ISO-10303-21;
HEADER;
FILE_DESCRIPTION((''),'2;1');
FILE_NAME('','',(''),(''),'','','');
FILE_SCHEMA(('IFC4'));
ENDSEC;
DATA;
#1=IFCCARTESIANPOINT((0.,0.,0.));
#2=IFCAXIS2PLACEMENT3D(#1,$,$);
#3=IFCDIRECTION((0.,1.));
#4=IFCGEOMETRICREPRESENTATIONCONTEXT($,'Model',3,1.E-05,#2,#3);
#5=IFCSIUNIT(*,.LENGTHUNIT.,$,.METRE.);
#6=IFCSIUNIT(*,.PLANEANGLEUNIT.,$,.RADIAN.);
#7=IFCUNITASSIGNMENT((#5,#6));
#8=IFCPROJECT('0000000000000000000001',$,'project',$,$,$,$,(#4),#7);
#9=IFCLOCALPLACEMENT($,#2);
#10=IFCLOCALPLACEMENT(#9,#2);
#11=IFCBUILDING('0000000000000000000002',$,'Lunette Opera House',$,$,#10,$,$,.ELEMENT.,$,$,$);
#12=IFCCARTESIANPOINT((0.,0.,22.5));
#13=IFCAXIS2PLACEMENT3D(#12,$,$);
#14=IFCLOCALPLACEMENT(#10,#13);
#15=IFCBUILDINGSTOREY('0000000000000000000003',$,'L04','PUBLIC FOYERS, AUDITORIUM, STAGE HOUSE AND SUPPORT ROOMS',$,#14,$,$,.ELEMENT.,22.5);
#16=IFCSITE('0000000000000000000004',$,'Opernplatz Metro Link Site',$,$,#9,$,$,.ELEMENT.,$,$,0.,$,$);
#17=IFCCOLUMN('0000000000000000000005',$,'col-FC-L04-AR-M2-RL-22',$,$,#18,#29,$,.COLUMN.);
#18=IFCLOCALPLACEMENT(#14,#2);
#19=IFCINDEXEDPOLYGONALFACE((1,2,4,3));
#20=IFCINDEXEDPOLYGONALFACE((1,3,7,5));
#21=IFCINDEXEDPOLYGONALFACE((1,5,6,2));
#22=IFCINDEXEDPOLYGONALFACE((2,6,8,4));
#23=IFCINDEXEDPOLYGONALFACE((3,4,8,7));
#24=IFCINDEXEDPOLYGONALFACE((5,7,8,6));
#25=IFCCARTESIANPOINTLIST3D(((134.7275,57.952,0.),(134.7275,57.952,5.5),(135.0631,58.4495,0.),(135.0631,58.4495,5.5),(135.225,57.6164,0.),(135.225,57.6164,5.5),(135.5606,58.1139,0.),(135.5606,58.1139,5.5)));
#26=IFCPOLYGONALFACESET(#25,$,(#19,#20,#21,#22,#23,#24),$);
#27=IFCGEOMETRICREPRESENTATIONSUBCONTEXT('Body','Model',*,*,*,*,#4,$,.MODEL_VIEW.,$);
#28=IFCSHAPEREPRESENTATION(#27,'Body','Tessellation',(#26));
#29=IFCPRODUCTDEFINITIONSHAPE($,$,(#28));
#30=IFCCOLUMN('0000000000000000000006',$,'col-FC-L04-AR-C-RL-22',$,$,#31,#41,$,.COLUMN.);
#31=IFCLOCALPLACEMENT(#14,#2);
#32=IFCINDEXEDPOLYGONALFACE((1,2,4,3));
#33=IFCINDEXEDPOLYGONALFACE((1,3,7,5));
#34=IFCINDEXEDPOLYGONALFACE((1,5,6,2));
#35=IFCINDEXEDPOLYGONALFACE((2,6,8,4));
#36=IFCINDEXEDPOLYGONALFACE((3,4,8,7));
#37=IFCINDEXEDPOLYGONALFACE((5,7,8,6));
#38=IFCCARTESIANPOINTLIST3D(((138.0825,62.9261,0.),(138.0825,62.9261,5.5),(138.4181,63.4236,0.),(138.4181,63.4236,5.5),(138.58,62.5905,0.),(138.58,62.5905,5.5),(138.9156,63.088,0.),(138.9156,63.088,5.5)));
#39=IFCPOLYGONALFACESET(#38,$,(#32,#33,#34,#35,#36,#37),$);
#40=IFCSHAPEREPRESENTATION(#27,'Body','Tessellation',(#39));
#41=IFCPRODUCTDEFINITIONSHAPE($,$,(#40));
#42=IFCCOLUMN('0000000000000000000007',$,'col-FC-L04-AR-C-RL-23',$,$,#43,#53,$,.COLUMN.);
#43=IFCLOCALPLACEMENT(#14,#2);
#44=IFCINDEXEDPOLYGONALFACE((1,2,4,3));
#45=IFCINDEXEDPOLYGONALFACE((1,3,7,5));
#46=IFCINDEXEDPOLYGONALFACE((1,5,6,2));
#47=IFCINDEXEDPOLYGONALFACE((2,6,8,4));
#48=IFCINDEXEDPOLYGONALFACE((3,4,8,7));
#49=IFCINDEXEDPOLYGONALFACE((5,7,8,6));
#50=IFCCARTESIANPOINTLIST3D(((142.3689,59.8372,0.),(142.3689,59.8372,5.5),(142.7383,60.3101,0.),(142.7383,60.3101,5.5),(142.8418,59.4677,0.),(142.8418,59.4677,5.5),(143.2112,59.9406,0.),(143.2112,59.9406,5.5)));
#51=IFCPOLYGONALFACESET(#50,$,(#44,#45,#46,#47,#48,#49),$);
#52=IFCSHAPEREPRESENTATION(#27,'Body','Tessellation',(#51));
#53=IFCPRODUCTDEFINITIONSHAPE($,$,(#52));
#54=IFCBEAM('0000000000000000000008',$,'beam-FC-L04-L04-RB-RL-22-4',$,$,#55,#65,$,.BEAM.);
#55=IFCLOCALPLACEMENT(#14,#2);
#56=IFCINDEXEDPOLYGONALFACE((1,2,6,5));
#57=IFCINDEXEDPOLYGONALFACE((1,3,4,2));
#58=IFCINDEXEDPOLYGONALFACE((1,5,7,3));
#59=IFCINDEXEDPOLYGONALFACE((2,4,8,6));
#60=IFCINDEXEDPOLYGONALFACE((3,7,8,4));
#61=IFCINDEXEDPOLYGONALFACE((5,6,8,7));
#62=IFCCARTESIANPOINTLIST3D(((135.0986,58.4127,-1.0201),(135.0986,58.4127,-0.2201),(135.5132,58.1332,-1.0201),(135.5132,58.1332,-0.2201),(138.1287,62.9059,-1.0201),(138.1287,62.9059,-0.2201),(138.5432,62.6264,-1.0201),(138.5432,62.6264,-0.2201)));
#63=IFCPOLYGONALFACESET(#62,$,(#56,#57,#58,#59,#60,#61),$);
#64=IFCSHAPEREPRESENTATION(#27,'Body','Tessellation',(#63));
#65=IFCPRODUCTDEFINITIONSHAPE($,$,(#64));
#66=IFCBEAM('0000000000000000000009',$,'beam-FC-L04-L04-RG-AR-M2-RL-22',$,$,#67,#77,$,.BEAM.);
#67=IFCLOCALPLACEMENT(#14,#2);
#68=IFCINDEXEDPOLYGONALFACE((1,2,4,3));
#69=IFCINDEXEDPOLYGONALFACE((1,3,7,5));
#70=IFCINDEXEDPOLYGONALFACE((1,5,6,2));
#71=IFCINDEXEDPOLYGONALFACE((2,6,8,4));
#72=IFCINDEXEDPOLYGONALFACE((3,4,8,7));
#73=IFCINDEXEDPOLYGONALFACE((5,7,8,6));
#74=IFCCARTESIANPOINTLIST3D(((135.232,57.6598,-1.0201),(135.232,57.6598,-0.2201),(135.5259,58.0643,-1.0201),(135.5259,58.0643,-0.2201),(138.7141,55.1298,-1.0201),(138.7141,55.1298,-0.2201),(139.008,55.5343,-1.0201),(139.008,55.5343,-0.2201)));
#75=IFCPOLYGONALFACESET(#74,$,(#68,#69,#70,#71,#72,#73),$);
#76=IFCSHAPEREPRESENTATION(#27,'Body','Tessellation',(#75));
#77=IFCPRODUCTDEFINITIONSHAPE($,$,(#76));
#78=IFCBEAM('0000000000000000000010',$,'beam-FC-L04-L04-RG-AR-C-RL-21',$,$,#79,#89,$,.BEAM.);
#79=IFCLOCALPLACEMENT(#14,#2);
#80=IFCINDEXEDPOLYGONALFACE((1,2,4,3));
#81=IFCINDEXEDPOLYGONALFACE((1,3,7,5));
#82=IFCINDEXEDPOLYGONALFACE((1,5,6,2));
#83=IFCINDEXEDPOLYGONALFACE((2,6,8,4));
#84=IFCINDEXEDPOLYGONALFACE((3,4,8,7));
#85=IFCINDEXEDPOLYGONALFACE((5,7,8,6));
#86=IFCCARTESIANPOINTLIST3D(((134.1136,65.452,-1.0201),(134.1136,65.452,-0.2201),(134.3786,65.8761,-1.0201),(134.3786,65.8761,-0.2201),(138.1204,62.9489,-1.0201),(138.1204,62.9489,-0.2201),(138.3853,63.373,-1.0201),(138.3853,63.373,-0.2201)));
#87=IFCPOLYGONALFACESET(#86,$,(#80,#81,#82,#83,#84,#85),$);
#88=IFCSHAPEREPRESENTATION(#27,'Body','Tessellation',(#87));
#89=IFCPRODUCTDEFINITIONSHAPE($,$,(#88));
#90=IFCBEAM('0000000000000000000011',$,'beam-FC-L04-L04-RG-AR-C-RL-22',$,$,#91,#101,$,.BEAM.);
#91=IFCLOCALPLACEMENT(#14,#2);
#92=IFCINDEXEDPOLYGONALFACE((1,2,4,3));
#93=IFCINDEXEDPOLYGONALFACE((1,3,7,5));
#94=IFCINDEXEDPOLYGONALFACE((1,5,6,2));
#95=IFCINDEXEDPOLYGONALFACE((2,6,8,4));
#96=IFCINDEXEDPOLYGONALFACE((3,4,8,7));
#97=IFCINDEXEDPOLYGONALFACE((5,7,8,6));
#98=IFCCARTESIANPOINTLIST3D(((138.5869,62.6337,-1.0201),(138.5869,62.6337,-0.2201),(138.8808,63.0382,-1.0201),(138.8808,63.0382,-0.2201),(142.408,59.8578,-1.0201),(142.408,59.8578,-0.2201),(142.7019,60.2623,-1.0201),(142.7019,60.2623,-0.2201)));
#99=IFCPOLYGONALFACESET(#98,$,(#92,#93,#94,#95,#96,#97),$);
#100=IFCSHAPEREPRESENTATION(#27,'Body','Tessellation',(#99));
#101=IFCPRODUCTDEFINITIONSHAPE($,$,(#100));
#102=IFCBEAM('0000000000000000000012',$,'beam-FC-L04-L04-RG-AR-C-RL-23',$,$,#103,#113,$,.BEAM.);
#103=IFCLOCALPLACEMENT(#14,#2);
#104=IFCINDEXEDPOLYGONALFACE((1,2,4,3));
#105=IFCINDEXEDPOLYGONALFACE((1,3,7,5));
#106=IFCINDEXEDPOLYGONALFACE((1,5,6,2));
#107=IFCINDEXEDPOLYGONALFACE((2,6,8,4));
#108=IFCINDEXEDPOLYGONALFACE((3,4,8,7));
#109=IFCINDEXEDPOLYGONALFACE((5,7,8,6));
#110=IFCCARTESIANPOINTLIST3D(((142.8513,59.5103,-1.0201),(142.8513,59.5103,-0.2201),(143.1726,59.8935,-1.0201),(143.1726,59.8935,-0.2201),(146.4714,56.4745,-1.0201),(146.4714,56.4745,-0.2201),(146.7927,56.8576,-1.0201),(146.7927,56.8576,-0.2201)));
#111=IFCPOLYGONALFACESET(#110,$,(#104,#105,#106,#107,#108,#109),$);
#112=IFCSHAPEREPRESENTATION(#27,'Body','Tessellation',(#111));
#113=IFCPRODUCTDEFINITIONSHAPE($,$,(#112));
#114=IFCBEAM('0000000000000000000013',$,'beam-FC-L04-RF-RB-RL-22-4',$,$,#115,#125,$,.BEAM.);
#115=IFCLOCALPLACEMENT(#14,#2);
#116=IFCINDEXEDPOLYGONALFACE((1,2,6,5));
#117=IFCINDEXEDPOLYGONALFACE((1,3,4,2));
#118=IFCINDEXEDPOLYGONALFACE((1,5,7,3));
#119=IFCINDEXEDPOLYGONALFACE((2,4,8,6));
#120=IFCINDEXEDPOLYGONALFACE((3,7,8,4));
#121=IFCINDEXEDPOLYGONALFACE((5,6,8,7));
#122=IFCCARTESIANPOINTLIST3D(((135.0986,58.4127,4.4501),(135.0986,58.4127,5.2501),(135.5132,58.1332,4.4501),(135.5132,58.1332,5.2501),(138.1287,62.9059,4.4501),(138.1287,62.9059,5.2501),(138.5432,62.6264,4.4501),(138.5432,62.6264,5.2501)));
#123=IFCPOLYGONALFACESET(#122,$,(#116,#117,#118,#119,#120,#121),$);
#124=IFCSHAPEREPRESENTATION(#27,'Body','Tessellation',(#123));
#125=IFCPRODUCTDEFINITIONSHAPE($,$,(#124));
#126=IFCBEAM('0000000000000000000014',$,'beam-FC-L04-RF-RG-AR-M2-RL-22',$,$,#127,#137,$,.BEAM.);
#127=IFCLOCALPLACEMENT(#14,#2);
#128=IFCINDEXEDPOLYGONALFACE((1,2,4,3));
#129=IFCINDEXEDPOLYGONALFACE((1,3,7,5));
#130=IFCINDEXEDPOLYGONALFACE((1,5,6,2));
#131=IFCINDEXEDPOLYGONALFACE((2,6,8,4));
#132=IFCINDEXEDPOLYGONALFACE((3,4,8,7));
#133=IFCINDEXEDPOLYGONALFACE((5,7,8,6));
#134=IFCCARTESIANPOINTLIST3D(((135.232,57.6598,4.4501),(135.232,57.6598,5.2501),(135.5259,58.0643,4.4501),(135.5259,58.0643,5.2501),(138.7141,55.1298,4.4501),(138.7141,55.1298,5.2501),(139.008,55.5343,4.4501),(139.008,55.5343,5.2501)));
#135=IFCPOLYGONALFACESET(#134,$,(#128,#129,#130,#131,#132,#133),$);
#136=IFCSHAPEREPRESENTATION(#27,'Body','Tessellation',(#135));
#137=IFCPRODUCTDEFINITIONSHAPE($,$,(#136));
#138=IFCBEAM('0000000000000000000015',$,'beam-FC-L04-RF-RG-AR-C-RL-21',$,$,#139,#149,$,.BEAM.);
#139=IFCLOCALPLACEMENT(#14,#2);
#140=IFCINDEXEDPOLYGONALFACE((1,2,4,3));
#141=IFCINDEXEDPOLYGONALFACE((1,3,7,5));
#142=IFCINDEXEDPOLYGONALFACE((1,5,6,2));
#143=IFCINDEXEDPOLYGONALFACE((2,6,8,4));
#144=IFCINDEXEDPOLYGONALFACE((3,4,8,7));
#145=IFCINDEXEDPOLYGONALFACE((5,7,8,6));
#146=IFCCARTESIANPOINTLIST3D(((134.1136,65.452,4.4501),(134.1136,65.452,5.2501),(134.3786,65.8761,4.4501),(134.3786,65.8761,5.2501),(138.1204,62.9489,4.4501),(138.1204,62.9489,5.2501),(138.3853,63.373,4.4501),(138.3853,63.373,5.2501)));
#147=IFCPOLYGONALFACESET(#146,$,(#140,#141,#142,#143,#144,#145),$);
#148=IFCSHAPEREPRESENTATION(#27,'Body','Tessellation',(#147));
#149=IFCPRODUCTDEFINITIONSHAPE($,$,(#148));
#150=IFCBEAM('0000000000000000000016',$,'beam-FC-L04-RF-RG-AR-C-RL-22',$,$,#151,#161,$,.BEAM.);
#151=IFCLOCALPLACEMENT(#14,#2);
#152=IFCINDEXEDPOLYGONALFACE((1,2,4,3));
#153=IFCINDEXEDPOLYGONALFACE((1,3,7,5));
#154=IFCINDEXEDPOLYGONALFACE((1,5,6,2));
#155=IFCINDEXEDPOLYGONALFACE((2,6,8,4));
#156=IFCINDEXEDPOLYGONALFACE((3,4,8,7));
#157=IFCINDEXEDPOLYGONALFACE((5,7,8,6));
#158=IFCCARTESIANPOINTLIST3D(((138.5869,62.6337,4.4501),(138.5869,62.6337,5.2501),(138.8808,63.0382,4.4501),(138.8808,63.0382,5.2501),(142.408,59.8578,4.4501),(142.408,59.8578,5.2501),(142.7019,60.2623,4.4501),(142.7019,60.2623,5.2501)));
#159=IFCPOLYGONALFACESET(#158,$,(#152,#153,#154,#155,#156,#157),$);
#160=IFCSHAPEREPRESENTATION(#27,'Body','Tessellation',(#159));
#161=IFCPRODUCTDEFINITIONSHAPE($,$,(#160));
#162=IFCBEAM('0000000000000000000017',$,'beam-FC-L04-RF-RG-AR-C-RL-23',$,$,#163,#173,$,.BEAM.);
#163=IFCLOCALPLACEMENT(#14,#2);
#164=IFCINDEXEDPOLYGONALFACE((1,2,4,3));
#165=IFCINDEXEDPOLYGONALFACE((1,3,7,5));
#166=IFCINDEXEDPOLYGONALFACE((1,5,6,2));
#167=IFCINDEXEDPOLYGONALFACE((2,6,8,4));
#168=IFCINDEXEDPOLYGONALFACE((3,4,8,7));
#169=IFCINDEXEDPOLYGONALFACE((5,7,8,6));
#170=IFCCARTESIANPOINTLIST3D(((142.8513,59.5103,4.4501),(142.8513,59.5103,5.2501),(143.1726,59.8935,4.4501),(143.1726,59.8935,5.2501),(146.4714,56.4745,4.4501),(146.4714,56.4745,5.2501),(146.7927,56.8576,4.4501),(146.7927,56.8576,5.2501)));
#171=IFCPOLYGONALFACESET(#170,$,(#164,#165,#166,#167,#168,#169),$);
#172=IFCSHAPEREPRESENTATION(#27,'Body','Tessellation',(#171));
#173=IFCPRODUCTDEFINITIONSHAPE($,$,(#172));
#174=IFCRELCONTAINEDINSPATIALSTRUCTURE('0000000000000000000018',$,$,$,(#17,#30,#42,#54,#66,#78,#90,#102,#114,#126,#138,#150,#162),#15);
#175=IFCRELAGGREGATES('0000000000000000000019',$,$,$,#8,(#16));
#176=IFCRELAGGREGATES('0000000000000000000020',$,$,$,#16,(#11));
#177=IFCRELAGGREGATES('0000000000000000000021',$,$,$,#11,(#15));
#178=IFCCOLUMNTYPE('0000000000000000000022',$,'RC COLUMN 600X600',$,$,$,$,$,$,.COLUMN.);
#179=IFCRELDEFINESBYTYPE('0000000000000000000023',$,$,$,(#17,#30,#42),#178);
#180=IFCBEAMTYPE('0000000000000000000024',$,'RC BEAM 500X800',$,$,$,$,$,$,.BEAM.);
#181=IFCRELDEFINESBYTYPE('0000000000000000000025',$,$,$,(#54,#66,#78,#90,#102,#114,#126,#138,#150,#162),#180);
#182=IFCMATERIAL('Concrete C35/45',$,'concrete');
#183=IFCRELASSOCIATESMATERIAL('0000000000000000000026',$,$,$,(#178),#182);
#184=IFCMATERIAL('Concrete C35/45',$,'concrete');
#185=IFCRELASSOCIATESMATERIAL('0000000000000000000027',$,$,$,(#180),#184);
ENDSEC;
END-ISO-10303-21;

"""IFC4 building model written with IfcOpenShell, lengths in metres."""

from ifc_helpers import new_model, si_unit, direction, frame, origin, origin_2d, place, context, subcontext, project, spatial, rectangle, extrude, material, material_profile, profile_set, type_object, element, save


model = new_model("IFC4")

# Units and contexts
model_context = context("Model", 3, precision=1e-05, world=origin(), true_north=direction((0.0, 1.0)))
body_context = subcontext(model_context, "Body", "Model", "MODEL_VIEW")
ifc_project = project(units=[si_unit("LENGTHUNIT", "METRE"), si_unit("PLANEANGLEUNIT", "RADIAN")], contexts=[model_context])

# Site, building, storey
site_placement = place(None, origin())
site = spatial("IfcSite", under=ifc_project, at=site_placement, Name="Opernplatz Metro Link Site", CompositionType="ELEMENT", RefElevation=0.0)
building_placement = place(site_placement, origin())
building = spatial("IfcBuilding", under=site, at=building_placement, Name="Lunette Opera House", CompositionType="ELEMENT")
storey_placement = place(building_placement, frame((0.0, 0.0, 22.5)))
storey = spatial("IfcBuildingStorey", under=building, at=storey_placement, Name="L04", Description="PUBLIC FOYERS, AUDITORIUM, STAGE HOUSE AND SUPPORT ROOMS", CompositionType="ELEMENT", Elevation=22.5)

# Columns
ifc_material_1 = material(Name="Concrete C35/45", Category="concrete")
ifc_material_profile_1 = material_profile(ifc_material_1, rectangle(XDim=0.6001, YDim=0.6001, at=origin_2d()), Name="RC COLUMN 600X600")
ifc_profile_set_1 = profile_set([ifc_material_profile_1], Name="Concrete C35/45")
column_type = type_object("IfcColumnType", Name="RC COLUMN 600X600", PredefinedType="COLUMN", material=ifc_profile_set_1)
for number, where, z_axis, x_axis, name in (
    (1, (135.144, 58.033, 0.0), (0.0, 0.0, 1.0), (0.829038, -0.559193, 0.0), "col-FC-L04-AR-M2-RL-22"),
    (2, (138.499, 63.0071, 0.0), (0.0, 0.0, 1.0), (0.829038, -0.559193, 0.0), "col-FC-L04-AR-C-RL-22"),
    (3, (142.79, 59.8889, 0.0), (0.0, 0.0, 1.0), (0.788011, -0.615661, 0.0), "col-FC-L04-AR-C-RL-23"),
):
    element("IfcColumn", number, at=place(storey_placement, frame(where, z_axis=z_axis, x_axis=x_axis)), inside=storey, type_object=column_type, Name=name, PredefinedType="COLUMN", context=body_context, shape_type="SweptSolid", body=[
        extrude(rectangle(XDim=0.6001, YDim=0.6001, at=origin_2d()), origin(), (0.0, 0.0, 1.0), 5.5),
    ])

# Beams
ifc_material_2 = material(Name="Concrete C35/45", Category="concrete")
ifc_material_profile_2 = material_profile(ifc_material_2, rectangle(XDim=0.5, YDim=0.8, at=origin_2d()), Name="RC BEAM 500X800")
ifc_profile_set_2 = profile_set([ifc_material_profile_2], Name="Concrete C35/45")
beam_type = type_object("IfcBeamType", Name="RC BEAM 500X800", PredefinedType="BEAM", material=ifc_profile_set_2)
beam_1_placement = place(storey_placement, frame((135.3059, 58.2729, -0.6201), z_axis=(0.559111, 0.829093, 0.0), x_axis=(-0.829093, 0.559111, 0.0)))
element("IfcBeam", 4, at=beam_1_placement, inside=storey, type_object=beam_type, Name="beam-FC-L04-L04-RB-RL-22-4", PredefinedType="BEAM", context=body_context, shape_type="SweptSolid", body=[
    extrude(rectangle(XDim=0.5, YDim=0.8, at=origin_2d()), origin(), (0.0, 0.0, 1.0), 5.4194),
])
beam_2_placement = place(storey_placement, frame((135.3789, 57.8621, -0.6201), z_axis=(0.809008, -0.587797, 0.0), x_axis=(0.587797, 0.809008, 0.0)))
element("IfcBeam", 5, at=beam_2_placement, inside=storey, type_object=beam_type, Name="beam-FC-L04-L04-RG-AR-M2-RL-22", PredefinedType="BEAM", context=body_context, shape_type="SweptSolid", body=[
    extrude(rectangle(XDim=0.5, YDim=0.8, at=origin_2d()), origin(), (0.0, 0.0, 1.0), 4.3042),
])
beam_3_placement = place(storey_placement, frame((134.2461, 65.6641, -0.6201), z_axis=(0.848103, -0.529832, 0.0), x_axis=(0.529832, 0.848103, 0.0)))
element("IfcBeam", 6, at=beam_3_placement, inside=storey, type_object=beam_type, Name="beam-FC-L04-L04-RG-AR-C-RL-21", PredefinedType="BEAM", context=body_context, shape_type="SweptSolid", body=[
    extrude(rectangle(XDim=0.5, YDim=0.8, at=origin_2d()), origin(), (0.0, 0.0, 1.0), 4.7244),
])
beam_4_placement = place(storey_placement, frame((138.7339, 62.8359, -0.6201), z_axis=(0.809044, -0.587747, 0.0), x_axis=(0.587747, 0.809044, 0.0)))
element("IfcBeam", 7, at=beam_4_placement, inside=storey, type_object=beam_type, Name="beam-FC-L04-L04-RG-AR-C-RL-22", PredefinedType="BEAM", context=body_context, shape_type="SweptSolid", body=[
    extrude(rectangle(XDim=0.5, YDim=0.8, at=origin_2d()), origin(), (0.0, 0.0, 1.0), 4.7229),
])
beam_5_placement = place(storey_placement, frame((143.012, 59.7019, -0.6201), z_axis=(0.766227, -0.64257, 0.0), x_axis=(0.64257, 0.766227, 0.0)))
element("IfcBeam", 8, at=beam_5_placement, inside=storey, type_object=beam_type, Name="beam-FC-L04-L04-RG-AR-C-RL-23", PredefinedType="BEAM", context=body_context, shape_type="SweptSolid", body=[
    extrude(rectangle(XDim=0.5, YDim=0.8, at=origin_2d()), origin(), (0.0, 0.0, 1.0), 4.7246),
])
beam_6_placement = place(storey_placement, frame((135.3059, 58.2729, 4.8501), z_axis=(0.559111, 0.829093, 0.0), x_axis=(-0.829093, 0.559111, 0.0)))
element("IfcBeam", 9, at=beam_6_placement, inside=storey, type_object=beam_type, Name="beam-FC-L04-RF-RB-RL-22-4", PredefinedType="BEAM", context=body_context, shape_type="SweptSolid", body=[
    extrude(rectangle(XDim=0.5, YDim=0.8, at=origin_2d()), origin(), (0.0, 0.0, 1.0), 5.4194),
])
beam_7_placement = place(storey_placement, frame((135.3789, 57.8621, 4.8501), z_axis=(0.809008, -0.587797, 0.0), x_axis=(0.587797, 0.809008, 0.0)))
element("IfcBeam", 10, at=beam_7_placement, inside=storey, type_object=beam_type, Name="beam-FC-L04-RF-RG-AR-M2-RL-22", PredefinedType="BEAM", context=body_context, shape_type="SweptSolid", body=[
    extrude(rectangle(XDim=0.5, YDim=0.8, at=origin_2d()), origin(), (0.0, 0.0, 1.0), 4.3042),
])
beam_8_placement = place(storey_placement, frame((134.2461, 65.6641, 4.8501), z_axis=(0.848103, -0.529832, 0.0), x_axis=(0.529832, 0.848103, 0.0)))
element("IfcBeam", 11, at=beam_8_placement, inside=storey, type_object=beam_type, Name="beam-FC-L04-RF-RG-AR-C-RL-21", PredefinedType="BEAM", context=body_context, shape_type="SweptSolid", body=[
    extrude(rectangle(XDim=0.5, YDim=0.8, at=origin_2d()), origin(), (0.0, 0.0, 1.0), 4.7244),
])
beam_9_placement = place(storey_placement, frame((138.7339, 62.8359, 4.8501), z_axis=(0.809044, -0.587747, 0.0), x_axis=(0.587747, 0.809044, 0.0)))
element("IfcBeam", 12, at=beam_9_placement, inside=storey, type_object=beam_type, Name="beam-FC-L04-RF-RG-AR-C-RL-22", PredefinedType="BEAM", context=body_context, shape_type="SweptSolid", body=[
    extrude(rectangle(XDim=0.5, YDim=0.8, at=origin_2d()), origin(), (0.0, 0.0, 1.0), 4.7229),
])
beam_10_placement = place(storey_placement, frame((143.012, 59.7019, 4.8501), z_axis=(0.766227, -0.64257, 0.0), x_axis=(0.64257, 0.766227, 0.0)))
element("IfcBeam", 13, at=beam_10_placement, inside=storey, type_object=beam_type, Name="beam-FC-L04-RF-RG-AR-C-RL-23", PredefinedType="BEAM", context=body_context, shape_type="SweptSolid", body=[
    extrude(rectangle(XDim=0.5, YDim=0.8, at=origin_2d()), origin(), (0.0, 0.0, 1.0), 4.7246),
])

save(model, "model.ifc")
